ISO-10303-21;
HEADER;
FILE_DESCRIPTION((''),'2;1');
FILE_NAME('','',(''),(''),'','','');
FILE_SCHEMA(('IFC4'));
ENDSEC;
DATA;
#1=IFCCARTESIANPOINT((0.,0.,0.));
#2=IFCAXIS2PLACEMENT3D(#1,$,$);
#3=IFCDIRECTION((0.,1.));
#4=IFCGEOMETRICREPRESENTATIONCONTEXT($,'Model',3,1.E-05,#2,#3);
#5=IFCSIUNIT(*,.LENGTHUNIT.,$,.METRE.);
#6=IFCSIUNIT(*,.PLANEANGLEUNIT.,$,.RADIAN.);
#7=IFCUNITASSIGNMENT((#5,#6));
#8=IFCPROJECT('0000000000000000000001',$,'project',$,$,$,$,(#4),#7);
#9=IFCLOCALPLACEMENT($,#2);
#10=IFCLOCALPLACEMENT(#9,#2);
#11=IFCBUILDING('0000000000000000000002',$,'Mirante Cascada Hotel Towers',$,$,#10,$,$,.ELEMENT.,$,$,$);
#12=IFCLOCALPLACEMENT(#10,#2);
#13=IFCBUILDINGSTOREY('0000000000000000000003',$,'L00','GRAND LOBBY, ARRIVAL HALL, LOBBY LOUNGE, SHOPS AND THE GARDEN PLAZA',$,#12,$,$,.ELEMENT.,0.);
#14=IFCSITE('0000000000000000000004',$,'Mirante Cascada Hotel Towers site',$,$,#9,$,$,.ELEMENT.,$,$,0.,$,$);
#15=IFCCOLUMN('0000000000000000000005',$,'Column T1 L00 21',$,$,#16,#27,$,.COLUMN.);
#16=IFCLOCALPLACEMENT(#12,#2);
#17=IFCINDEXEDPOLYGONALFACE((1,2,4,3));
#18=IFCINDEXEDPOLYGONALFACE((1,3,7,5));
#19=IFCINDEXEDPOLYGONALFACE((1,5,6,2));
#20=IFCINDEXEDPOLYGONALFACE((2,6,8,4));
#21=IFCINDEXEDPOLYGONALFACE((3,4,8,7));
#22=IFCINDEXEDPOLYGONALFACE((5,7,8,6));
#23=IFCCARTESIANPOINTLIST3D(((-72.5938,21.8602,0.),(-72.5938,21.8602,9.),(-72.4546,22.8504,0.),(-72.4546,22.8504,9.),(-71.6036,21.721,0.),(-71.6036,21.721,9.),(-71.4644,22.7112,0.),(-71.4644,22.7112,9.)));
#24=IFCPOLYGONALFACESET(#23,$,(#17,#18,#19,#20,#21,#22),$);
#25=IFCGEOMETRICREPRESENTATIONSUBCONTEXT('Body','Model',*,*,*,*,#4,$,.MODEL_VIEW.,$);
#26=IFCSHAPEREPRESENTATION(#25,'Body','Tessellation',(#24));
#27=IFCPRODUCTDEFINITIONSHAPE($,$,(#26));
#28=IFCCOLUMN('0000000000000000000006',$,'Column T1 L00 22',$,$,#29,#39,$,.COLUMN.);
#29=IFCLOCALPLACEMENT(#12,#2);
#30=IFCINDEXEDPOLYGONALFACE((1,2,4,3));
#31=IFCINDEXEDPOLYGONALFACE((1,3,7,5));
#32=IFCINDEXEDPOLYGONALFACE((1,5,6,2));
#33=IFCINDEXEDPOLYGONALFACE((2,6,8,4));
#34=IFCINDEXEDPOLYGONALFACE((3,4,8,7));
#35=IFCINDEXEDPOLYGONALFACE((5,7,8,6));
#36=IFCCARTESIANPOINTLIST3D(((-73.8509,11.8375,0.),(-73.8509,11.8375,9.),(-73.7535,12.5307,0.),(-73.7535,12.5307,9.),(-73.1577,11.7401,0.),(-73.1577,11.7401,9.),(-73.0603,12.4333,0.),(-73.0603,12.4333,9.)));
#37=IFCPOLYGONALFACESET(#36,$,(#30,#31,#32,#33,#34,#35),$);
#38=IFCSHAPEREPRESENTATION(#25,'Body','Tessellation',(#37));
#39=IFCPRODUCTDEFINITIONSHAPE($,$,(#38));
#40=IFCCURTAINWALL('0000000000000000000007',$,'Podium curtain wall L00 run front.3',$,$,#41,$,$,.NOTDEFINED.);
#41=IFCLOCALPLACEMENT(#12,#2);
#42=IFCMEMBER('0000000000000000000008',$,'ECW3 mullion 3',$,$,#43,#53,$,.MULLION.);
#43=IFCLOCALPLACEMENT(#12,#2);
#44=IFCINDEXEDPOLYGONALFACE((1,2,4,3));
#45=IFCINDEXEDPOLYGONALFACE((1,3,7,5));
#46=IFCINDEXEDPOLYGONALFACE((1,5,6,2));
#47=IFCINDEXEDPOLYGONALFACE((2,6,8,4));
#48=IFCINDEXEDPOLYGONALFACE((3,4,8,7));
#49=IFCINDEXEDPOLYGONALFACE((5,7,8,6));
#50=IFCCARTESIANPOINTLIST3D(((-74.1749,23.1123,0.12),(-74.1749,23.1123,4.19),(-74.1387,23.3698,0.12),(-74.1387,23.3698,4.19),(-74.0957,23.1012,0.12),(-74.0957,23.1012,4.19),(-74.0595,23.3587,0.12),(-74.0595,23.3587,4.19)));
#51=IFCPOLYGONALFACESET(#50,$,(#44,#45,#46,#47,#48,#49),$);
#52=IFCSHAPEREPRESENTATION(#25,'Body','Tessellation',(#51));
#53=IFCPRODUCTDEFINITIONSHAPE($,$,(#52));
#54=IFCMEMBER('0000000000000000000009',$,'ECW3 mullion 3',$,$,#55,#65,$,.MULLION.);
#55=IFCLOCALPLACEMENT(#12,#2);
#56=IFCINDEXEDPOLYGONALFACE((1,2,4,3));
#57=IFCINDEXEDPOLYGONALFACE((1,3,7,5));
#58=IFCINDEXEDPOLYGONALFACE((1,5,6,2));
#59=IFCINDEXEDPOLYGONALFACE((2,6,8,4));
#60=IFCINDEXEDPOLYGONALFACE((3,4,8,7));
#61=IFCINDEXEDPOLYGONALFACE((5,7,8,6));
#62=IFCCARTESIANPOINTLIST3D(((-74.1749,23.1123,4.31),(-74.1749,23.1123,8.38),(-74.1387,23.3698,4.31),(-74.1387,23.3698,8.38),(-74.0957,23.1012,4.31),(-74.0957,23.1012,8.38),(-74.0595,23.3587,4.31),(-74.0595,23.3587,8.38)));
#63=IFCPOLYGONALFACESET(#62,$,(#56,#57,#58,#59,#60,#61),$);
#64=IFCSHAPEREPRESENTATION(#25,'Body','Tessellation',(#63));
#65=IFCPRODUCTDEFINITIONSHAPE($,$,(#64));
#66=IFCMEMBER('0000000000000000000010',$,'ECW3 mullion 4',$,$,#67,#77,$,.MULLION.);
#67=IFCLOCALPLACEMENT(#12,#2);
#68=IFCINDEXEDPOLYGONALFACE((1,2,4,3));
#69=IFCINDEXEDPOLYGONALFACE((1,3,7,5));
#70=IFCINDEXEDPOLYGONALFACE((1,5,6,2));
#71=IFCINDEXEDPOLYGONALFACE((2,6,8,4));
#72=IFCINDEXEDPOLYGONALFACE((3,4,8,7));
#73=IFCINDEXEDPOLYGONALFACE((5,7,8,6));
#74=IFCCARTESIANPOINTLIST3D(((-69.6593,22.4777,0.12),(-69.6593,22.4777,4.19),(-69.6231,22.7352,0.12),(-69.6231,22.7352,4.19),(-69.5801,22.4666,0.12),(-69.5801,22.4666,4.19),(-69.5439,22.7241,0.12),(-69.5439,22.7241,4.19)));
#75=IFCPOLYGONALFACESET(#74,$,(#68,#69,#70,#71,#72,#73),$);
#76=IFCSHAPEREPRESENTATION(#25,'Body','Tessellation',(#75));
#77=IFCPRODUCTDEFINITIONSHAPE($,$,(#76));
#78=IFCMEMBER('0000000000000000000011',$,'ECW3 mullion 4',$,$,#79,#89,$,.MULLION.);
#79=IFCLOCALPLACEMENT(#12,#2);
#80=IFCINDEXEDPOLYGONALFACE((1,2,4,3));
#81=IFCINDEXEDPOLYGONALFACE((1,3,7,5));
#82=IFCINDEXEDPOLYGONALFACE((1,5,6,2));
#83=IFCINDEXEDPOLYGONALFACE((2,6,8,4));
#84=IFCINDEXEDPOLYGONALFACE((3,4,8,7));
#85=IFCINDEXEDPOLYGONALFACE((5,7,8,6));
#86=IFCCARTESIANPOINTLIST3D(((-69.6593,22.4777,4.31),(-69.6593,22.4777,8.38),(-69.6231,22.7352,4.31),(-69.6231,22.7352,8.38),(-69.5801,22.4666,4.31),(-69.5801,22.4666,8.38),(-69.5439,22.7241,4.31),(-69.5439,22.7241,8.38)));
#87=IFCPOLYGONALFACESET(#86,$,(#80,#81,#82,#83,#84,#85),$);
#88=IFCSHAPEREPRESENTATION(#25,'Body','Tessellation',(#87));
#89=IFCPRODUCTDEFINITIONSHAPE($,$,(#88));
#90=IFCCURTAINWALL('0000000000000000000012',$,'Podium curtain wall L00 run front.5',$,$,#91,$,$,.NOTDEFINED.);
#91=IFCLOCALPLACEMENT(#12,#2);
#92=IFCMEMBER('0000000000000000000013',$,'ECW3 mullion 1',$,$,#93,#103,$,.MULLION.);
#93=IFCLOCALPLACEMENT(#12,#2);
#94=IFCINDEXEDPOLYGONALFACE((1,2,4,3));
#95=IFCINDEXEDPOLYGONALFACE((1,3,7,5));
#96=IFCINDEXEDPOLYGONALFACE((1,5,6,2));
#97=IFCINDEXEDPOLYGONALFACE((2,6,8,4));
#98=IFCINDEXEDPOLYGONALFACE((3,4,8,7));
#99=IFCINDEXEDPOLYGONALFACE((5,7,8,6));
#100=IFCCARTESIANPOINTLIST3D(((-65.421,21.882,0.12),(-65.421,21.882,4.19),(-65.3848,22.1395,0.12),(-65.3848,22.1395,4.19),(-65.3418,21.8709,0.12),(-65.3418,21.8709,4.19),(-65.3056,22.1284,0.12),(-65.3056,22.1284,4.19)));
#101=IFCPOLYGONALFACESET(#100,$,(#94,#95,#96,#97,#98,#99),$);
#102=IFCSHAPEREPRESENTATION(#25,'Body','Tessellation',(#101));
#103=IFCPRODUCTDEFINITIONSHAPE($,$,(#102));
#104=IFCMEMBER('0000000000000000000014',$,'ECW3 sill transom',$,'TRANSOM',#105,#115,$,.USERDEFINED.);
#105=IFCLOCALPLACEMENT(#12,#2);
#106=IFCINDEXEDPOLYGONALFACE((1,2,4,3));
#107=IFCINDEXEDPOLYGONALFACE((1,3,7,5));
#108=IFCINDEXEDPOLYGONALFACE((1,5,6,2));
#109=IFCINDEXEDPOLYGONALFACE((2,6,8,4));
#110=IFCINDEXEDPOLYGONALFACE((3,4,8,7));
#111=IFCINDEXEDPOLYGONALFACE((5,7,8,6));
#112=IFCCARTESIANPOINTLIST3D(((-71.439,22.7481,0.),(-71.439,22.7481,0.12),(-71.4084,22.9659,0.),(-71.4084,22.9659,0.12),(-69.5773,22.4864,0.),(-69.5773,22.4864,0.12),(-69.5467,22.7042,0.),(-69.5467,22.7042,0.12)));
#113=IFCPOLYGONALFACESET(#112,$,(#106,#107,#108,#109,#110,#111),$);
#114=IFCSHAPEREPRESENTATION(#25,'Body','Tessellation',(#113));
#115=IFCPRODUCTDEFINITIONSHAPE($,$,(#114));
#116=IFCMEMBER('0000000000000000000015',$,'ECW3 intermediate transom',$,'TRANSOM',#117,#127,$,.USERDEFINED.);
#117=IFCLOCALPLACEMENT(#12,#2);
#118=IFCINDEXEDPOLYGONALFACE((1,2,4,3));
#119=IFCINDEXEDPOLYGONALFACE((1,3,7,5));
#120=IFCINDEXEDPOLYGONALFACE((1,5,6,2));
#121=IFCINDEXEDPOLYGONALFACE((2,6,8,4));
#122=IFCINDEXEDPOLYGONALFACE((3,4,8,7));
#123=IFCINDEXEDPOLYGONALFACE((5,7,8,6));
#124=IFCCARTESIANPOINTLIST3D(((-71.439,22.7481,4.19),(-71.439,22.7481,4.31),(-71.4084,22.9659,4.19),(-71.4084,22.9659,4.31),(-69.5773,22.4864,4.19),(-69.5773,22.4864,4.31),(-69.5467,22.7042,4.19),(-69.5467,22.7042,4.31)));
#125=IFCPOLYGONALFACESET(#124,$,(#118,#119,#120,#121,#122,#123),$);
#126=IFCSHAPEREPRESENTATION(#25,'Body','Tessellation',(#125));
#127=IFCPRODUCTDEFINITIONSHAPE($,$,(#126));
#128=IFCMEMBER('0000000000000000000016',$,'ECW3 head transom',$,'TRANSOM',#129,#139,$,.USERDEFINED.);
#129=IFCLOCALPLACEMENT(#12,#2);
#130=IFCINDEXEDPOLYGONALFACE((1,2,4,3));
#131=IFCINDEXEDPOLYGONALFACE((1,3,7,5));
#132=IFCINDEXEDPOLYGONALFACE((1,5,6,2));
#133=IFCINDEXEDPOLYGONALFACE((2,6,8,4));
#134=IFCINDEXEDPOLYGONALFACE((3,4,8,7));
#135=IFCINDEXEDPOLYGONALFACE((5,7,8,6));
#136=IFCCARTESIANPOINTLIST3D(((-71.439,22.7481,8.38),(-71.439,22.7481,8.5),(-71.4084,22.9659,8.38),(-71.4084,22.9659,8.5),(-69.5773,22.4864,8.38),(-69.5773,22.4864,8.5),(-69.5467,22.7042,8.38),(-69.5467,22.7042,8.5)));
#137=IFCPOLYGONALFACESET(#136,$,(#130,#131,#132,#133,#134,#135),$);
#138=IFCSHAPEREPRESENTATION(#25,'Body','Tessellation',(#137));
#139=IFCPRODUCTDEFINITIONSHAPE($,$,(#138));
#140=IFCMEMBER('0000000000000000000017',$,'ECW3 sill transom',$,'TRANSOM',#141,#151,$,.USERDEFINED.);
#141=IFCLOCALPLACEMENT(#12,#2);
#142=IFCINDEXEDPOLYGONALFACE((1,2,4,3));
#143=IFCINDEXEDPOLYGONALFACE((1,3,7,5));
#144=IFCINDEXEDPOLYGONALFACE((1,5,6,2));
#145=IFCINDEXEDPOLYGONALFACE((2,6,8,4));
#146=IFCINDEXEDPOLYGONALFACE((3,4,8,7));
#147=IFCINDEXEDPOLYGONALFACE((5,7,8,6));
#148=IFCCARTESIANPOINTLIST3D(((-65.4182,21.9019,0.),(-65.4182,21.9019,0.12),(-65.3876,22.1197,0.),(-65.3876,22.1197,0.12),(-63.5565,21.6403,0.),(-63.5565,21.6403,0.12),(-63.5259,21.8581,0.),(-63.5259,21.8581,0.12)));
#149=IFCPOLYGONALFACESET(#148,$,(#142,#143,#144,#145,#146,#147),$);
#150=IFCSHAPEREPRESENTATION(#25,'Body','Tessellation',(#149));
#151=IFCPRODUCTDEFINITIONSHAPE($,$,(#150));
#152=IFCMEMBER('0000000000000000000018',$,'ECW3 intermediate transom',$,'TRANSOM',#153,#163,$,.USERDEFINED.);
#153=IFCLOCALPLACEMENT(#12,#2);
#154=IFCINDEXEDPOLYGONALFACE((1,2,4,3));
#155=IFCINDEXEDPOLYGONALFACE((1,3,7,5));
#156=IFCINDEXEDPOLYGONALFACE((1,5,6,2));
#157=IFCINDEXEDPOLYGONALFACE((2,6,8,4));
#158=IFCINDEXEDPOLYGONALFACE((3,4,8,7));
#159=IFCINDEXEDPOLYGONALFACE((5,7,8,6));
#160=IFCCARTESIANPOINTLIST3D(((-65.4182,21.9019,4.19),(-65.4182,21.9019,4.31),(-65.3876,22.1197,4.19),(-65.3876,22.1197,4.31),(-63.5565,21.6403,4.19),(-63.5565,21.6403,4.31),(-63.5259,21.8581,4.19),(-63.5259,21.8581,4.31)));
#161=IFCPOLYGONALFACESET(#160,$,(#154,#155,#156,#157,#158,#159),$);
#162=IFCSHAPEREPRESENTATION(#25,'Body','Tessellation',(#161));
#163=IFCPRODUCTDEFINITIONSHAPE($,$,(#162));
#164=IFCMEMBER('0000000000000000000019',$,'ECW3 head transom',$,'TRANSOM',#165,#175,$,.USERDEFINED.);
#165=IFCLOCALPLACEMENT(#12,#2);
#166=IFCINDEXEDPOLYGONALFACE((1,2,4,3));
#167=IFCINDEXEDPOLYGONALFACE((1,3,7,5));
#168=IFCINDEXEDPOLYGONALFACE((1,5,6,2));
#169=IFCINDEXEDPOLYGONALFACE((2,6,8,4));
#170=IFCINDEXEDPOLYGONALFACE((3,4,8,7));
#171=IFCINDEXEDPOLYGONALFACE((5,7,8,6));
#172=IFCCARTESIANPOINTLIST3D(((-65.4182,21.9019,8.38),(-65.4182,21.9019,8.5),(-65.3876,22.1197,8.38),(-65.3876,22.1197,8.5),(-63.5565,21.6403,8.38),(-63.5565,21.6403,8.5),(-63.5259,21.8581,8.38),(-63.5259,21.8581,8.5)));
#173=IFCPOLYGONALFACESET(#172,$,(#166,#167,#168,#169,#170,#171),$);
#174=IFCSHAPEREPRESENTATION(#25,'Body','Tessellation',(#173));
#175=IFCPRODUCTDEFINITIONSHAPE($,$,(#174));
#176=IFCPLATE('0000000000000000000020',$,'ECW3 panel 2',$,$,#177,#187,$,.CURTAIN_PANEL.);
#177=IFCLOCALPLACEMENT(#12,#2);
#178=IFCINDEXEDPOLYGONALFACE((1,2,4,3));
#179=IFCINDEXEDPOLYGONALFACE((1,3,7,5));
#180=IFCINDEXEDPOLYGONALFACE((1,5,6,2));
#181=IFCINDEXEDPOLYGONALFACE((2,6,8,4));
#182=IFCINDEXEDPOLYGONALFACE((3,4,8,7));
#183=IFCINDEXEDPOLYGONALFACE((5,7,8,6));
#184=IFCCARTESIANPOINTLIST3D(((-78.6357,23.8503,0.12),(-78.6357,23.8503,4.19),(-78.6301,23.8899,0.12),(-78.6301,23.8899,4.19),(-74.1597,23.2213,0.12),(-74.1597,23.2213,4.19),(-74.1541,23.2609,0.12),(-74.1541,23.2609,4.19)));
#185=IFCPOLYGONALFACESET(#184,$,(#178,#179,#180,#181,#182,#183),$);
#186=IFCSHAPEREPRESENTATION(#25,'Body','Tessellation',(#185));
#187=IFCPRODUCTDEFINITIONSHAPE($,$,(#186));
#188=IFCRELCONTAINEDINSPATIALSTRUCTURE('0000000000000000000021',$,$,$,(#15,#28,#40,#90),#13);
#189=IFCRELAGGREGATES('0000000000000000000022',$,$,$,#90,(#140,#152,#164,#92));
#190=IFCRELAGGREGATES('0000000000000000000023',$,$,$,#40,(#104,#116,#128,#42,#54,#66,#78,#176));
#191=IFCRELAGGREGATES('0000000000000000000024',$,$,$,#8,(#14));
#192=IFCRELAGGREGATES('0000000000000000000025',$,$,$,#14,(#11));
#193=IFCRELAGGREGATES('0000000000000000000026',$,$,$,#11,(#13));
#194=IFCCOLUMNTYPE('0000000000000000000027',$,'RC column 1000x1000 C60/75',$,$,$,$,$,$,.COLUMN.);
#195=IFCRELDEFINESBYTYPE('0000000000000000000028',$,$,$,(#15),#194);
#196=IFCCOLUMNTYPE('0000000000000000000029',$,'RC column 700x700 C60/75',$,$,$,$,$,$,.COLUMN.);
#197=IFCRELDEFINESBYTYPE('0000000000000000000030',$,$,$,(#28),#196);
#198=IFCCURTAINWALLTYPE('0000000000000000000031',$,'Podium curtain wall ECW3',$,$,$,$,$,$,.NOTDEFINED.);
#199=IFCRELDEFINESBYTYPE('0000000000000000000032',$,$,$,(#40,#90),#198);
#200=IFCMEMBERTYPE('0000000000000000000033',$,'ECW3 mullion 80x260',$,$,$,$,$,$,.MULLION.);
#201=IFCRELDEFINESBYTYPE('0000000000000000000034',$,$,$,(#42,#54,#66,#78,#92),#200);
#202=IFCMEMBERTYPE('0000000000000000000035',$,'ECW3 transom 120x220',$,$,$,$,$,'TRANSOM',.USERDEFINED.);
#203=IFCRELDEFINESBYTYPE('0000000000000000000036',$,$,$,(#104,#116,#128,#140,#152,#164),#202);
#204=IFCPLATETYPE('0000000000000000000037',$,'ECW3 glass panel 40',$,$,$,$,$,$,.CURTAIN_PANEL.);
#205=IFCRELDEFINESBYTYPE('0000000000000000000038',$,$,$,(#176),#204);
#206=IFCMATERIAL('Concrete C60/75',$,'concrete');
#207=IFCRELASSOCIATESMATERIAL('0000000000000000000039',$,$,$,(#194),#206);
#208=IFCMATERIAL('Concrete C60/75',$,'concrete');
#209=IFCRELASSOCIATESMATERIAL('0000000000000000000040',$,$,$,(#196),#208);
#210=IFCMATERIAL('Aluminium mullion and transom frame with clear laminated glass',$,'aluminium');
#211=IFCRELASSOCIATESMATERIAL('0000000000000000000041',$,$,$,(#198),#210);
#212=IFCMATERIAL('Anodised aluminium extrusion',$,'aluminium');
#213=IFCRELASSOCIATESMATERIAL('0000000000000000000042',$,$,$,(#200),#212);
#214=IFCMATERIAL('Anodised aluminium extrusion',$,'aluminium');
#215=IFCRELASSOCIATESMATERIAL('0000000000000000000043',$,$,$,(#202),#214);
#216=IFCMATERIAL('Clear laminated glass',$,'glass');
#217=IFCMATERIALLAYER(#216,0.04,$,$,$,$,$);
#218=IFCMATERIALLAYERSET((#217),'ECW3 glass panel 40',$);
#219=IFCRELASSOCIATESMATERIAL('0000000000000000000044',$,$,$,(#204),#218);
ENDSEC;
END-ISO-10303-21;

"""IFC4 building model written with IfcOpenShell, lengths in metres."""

from ifc_helpers import new_model, si_unit, direction, frame, origin, origin_2d, place, context, subcontext, project, spatial, rectangle, extrude, material, layer, layer_set, material_profile, profile_set, type_object, element, aggregate, save


model = new_model("IFC4")

# Units and contexts
model_context = context("Model", 3, precision=1e-05, world=origin(), true_north=direction((0.0, 1.0)))
body_context = subcontext(model_context, "Body", "Model", "MODEL_VIEW")
ifc_project = project(units=[si_unit("LENGTHUNIT", "METRE"), si_unit("PLANEANGLEUNIT", "RADIAN")], contexts=[model_context])

# Site, building, storey
site_placement = place(None, origin())
site = spatial("IfcSite", under=ifc_project, at=site_placement, Name="Mirante Cascada Hotel Towers site", CompositionType="ELEMENT", RefElevation=0.0)
building_placement = place(site_placement, origin())
building = spatial("IfcBuilding", under=site, at=building_placement, Name="Mirante Cascada Hotel Towers", CompositionType="ELEMENT")
storey_placement = place(building_placement, origin())
storey = spatial("IfcBuildingStorey", under=building, at=storey_placement, Name="L00", Description="GRAND LOBBY, ARRIVAL HALL, LOBBY LOUNGE, SHOPS AND THE GARDEN PLAZA", CompositionType="ELEMENT", Elevation=0.0)

# Columns
ifc_material_1 = material(Name="Concrete C60/75", Category="concrete")
ifc_material_profile_1 = material_profile(ifc_material_1, rectangle(XDim=1.0, YDim=1.0, at=origin_2d()), Name="RC column 1000x1000 C60/75")
ifc_profile_set_1 = profile_set([ifc_material_profile_1], Name="Concrete C60/75")
column_type_1 = type_object("IfcColumnType", Name="RC column 1000x1000 C60/75", PredefinedType="COLUMN", material=ifc_profile_set_1)
column_1_placement = place(storey_placement, frame((-72.0291, 22.2857, 0.0), z_axis=(0.0, 0.0, 1.0), x_axis=(-0.990268, 0.139173, 0.0)))
element("IfcColumn", 1, at=column_1_placement, inside=storey, type_object=column_type_1, Name="Column T1 L00 21", PredefinedType="COLUMN", context=body_context, shape_type="SweptSolid", body=[
    extrude(rectangle(XDim=1.0, YDim=1.0, at=origin_2d()), origin(), (0.0, 0.0, 1.0), 9.0),
])
ifc_material_2 = material(Name="Concrete C60/75", Category="concrete")
ifc_material_profile_2 = material_profile(ifc_material_2, rectangle(XDim=0.7, YDim=0.7, at=origin_2d()), Name="RC column 700x700 C60/75")
ifc_profile_set_2 = profile_set([ifc_material_profile_2], Name="Concrete C60/75")
column_type_2 = type_object("IfcColumnType", Name="RC column 700x700 C60/75", PredefinedType="COLUMN", material=ifc_profile_set_2)
column_2_placement = place(storey_placement, frame((-73.4556, 12.1354, 0.0), z_axis=(0.0, 0.0, 1.0), x_axis=(-0.990268, 0.139173, 0.0)))
element("IfcColumn", 2, at=column_2_placement, inside=storey, type_object=column_type_2, Name="Column T1 L00 22", PredefinedType="COLUMN", context=body_context, shape_type="SweptSolid", body=[
    extrude(rectangle(XDim=0.7, YDim=0.7, at=origin_2d()), origin(), (0.0, 0.0, 1.0), 9.0),
])

# Curtain wall, members
ifc_material_3 = material(Name="Aluminium mullion and transom frame with clear laminated glass", Category="aluminium")
curtain_wall_type = type_object("IfcCurtainWallType", Name="Podium curtain wall ECW3", PredefinedType="NOTDEFINED", material=ifc_material_3)
curtain_wall_1_placement = place(storey_placement, origin())
curtain_wall_1 = element("IfcCurtainWall", 3, at=curtain_wall_1_placement, inside=storey, type_object=curtain_wall_type, Name="Podium curtain wall L00 run front.3", PredefinedType="NOTDEFINED")
ifc_material_4 = material(Name="Anodised aluminium extrusion", Category="aluminium")
ifc_material_profile_3 = material_profile(ifc_material_4, rectangle(XDim=0.26, YDim=0.08, at=origin_2d()), Name="ECW3 MULLION 80x260")
ifc_profile_set_3 = profile_set([ifc_material_profile_3], Name="Anodised aluminium extrusion")
member_type_1 = type_object("IfcMemberType", Name="ECW3 mullion 80x260", PredefinedType="MULLION", material=ifc_profile_set_3)
member_1_placement = place(storey_placement, frame((-74.1172, 23.2355, 0.12), z_axis=(0.0, 0.0, 1.0), x_axis=(0.139173, 0.990268, 0.0)))
member_1 = element("IfcMember", 4, at=member_1_placement, type_object=member_type_1, Name="ECW3 mullion 3", PredefinedType="MULLION", context=body_context, shape_type="SweptSolid", body=[
    extrude(rectangle(XDim=0.26, YDim=0.08, at=origin_2d()), origin(), (0.0, 0.0, 1.0), 4.07),
])
member_2_placement = place(storey_placement, frame((-74.1172, 23.2355, 4.31), z_axis=(0.0, 0.0, 1.0), x_axis=(0.139173, 0.990268, 0.0)))
member_2 = element("IfcMember", 5, at=member_2_placement, type_object=member_type_1, Name="ECW3 mullion 3", PredefinedType="MULLION", context=body_context, shape_type="SweptSolid", body=[
    extrude(rectangle(XDim=0.26, YDim=0.08, at=origin_2d()), origin(), (0.0, 0.0, 1.0), 4.07),
])
member_3_placement = place(storey_placement, frame((-69.6016, 22.6009, 0.12), z_axis=(0.0, 0.0, 1.0), x_axis=(0.139173, 0.990268, 0.0)))
member_3 = element("IfcMember", 6, at=member_3_placement, type_object=member_type_1, Name="ECW3 mullion 4", PredefinedType="MULLION", context=body_context, shape_type="SweptSolid", body=[
    extrude(rectangle(XDim=0.26, YDim=0.08, at=origin_2d()), origin(), (0.0, 0.0, 1.0), 4.07),
])
member_4_placement = place(storey_placement, frame((-69.6016, 22.6009, 4.31), z_axis=(0.0, 0.0, 1.0), x_axis=(0.139173, 0.990268, 0.0)))
member_4 = element("IfcMember", 7, at=member_4_placement, type_object=member_type_1, Name="ECW3 mullion 4", PredefinedType="MULLION", context=body_context, shape_type="SweptSolid", body=[
    extrude(rectangle(XDim=0.26, YDim=0.08, at=origin_2d()), origin(), (0.0, 0.0, 1.0), 4.07),
])

# Curtain wall, member
curtain_wall_2_placement = place(storey_placement, origin())
curtain_wall_2 = element("IfcCurtainWall", 8, at=curtain_wall_2_placement, inside=storey, type_object=curtain_wall_type, Name="Podium curtain wall L00 run front.5", PredefinedType="NOTDEFINED")
member_5_placement = place(storey_placement, frame((-65.3633, 22.0052, 0.12), z_axis=(0.0, 0.0, 1.0), x_axis=(0.139173, 0.990268, 0.0)))
member_5 = element("IfcMember", 9, at=member_5_placement, type_object=member_type_1, Name="ECW3 mullion 1", PredefinedType="MULLION", context=body_context, shape_type="SweptSolid", body=[
    extrude(rectangle(XDim=0.26, YDim=0.08, at=origin_2d()), origin(), (0.0, 0.0, 1.0), 4.07),
])

# Members
ifc_material_5 = material(Name="Anodised aluminium extrusion", Category="aluminium")
ifc_material_profile_4 = material_profile(ifc_material_5, rectangle(XDim=0.22, YDim=0.12, at=origin_2d()), Name="ECW3 TRANSOM 120x220")
ifc_profile_set_4 = profile_set([ifc_material_profile_4], Name="Anodised aluminium extrusion")
member_type_2 = type_object("IfcMemberType", Name="ECW3 transom 120x220", ElementType="TRANSOM", PredefinedType="USERDEFINED", material=ifc_profile_set_4)
member_6_placement = place(storey_placement, frame((-71.4237, 22.857, 0.06), z_axis=(0.990264, -0.139202, 0.0), x_axis=(0.139202, 0.990264, 0.0)))
member_6 = element("IfcMember", 10, at=member_6_placement, type_object=member_type_2, Name="ECW3 sill transom", ObjectType="TRANSOM", PredefinedType="USERDEFINED", context=body_context, shape_type="SweptSolid", body=[
    extrude(rectangle(XDim=0.22, YDim=0.12, at=origin_2d()), origin(), (0.0, 0.0, 1.0), 1.88),
])
member_7_placement = place(storey_placement, frame((-71.4237, 22.857, 4.25), z_axis=(0.990264, -0.139202, 0.0), x_axis=(0.139202, 0.990264, 0.0)))
member_7 = element("IfcMember", 11, at=member_7_placement, type_object=member_type_2, Name="ECW3 intermediate transom", ObjectType="TRANSOM", PredefinedType="USERDEFINED", context=body_context, shape_type="SweptSolid", body=[
    extrude(rectangle(XDim=0.22, YDim=0.12, at=origin_2d()), origin(), (0.0, 0.0, 1.0), 1.88),
])
member_8_placement = place(storey_placement, frame((-71.4237, 22.857, 8.44), z_axis=(0.990264, -0.139202, 0.0), x_axis=(0.139202, 0.990264, 0.0)))
member_8 = element("IfcMember", 12, at=member_8_placement, type_object=member_type_2, Name="ECW3 head transom", ObjectType="TRANSOM", PredefinedType="USERDEFINED", context=body_context, shape_type="SweptSolid", body=[
    extrude(rectangle(XDim=0.22, YDim=0.12, at=origin_2d()), origin(), (0.0, 0.0, 1.0), 1.88),
])
member_9_placement = place(storey_placement, frame((-65.4029, 22.0108, 0.06), z_axis=(0.990271, -0.13915, 0.0), x_axis=(0.13915, 0.990271, 0.0)))
member_9 = element("IfcMember", 13, at=member_9_placement, type_object=member_type_2, Name="ECW3 sill transom", ObjectType="TRANSOM", PredefinedType="USERDEFINED", context=body_context, shape_type="SweptSolid", body=[
    extrude(rectangle(XDim=0.22, YDim=0.12, at=origin_2d()), origin(), (0.0, 0.0, 1.0), 1.88),
])
member_10_placement = place(storey_placement, frame((-65.4029, 22.0108, 4.25), z_axis=(0.990271, -0.13915, 0.0), x_axis=(0.13915, 0.990271, 0.0)))
member_10 = element("IfcMember", 14, at=member_10_placement, type_object=member_type_2, Name="ECW3 intermediate transom", ObjectType="TRANSOM", PredefinedType="USERDEFINED", context=body_context, shape_type="SweptSolid", body=[
    extrude(rectangle(XDim=0.22, YDim=0.12, at=origin_2d()), origin(), (0.0, 0.0, 1.0), 1.88),
])
member_11_placement = place(storey_placement, frame((-65.4029, 22.0108, 8.44), z_axis=(0.990271, -0.13915, 0.0), x_axis=(0.13915, 0.990271, 0.0)))
member_11 = element("IfcMember", 15, at=member_11_placement, type_object=member_type_2, Name="ECW3 head transom", ObjectType="TRANSOM", PredefinedType="USERDEFINED", context=body_context, shape_type="SweptSolid", body=[
    extrude(rectangle(XDim=0.22, YDim=0.12, at=origin_2d()), origin(), (0.0, 0.0, 1.0), 1.88),
])
aggregate(curtain_wall_2, [member_9, member_10, member_11, member_5])

# Plate
ifc_material_6 = material(Name="Clear laminated glass", Category="glass")
ifc_layer_1 = layer(ifc_material_6, 0.04)
ifc_layer_set_1 = layer_set([ifc_layer_1], Name="ECW3 glass panel 40")
plate_type = type_object("IfcPlateType", Name="ECW3 glass panel 40", PredefinedType="CURTAIN_PANEL", material=ifc_layer_set_1)
plate_1_placement = place(storey_placement, frame((-76.3949, 23.5556, 0.12), z_axis=(0.0, 0.0, 1.0), x_axis=(0.990268, -0.139173, 0.0)))
plate_1 = element("IfcPlate", 16, at=plate_1_placement, type_object=plate_type, Name="ECW3 panel 2", PredefinedType="CURTAIN_PANEL", context=body_context, shape_type="SweptSolid", body=[
    extrude(rectangle(XDim=4.52, YDim=0.04, at=origin_2d()), origin(), (0.0, 0.0, 1.0), 4.07),
])
aggregate(curtain_wall_1, [member_6, member_7, member_8, member_1, member_2, member_3, member_4, plate_1])

save(model, "model.ifc")
